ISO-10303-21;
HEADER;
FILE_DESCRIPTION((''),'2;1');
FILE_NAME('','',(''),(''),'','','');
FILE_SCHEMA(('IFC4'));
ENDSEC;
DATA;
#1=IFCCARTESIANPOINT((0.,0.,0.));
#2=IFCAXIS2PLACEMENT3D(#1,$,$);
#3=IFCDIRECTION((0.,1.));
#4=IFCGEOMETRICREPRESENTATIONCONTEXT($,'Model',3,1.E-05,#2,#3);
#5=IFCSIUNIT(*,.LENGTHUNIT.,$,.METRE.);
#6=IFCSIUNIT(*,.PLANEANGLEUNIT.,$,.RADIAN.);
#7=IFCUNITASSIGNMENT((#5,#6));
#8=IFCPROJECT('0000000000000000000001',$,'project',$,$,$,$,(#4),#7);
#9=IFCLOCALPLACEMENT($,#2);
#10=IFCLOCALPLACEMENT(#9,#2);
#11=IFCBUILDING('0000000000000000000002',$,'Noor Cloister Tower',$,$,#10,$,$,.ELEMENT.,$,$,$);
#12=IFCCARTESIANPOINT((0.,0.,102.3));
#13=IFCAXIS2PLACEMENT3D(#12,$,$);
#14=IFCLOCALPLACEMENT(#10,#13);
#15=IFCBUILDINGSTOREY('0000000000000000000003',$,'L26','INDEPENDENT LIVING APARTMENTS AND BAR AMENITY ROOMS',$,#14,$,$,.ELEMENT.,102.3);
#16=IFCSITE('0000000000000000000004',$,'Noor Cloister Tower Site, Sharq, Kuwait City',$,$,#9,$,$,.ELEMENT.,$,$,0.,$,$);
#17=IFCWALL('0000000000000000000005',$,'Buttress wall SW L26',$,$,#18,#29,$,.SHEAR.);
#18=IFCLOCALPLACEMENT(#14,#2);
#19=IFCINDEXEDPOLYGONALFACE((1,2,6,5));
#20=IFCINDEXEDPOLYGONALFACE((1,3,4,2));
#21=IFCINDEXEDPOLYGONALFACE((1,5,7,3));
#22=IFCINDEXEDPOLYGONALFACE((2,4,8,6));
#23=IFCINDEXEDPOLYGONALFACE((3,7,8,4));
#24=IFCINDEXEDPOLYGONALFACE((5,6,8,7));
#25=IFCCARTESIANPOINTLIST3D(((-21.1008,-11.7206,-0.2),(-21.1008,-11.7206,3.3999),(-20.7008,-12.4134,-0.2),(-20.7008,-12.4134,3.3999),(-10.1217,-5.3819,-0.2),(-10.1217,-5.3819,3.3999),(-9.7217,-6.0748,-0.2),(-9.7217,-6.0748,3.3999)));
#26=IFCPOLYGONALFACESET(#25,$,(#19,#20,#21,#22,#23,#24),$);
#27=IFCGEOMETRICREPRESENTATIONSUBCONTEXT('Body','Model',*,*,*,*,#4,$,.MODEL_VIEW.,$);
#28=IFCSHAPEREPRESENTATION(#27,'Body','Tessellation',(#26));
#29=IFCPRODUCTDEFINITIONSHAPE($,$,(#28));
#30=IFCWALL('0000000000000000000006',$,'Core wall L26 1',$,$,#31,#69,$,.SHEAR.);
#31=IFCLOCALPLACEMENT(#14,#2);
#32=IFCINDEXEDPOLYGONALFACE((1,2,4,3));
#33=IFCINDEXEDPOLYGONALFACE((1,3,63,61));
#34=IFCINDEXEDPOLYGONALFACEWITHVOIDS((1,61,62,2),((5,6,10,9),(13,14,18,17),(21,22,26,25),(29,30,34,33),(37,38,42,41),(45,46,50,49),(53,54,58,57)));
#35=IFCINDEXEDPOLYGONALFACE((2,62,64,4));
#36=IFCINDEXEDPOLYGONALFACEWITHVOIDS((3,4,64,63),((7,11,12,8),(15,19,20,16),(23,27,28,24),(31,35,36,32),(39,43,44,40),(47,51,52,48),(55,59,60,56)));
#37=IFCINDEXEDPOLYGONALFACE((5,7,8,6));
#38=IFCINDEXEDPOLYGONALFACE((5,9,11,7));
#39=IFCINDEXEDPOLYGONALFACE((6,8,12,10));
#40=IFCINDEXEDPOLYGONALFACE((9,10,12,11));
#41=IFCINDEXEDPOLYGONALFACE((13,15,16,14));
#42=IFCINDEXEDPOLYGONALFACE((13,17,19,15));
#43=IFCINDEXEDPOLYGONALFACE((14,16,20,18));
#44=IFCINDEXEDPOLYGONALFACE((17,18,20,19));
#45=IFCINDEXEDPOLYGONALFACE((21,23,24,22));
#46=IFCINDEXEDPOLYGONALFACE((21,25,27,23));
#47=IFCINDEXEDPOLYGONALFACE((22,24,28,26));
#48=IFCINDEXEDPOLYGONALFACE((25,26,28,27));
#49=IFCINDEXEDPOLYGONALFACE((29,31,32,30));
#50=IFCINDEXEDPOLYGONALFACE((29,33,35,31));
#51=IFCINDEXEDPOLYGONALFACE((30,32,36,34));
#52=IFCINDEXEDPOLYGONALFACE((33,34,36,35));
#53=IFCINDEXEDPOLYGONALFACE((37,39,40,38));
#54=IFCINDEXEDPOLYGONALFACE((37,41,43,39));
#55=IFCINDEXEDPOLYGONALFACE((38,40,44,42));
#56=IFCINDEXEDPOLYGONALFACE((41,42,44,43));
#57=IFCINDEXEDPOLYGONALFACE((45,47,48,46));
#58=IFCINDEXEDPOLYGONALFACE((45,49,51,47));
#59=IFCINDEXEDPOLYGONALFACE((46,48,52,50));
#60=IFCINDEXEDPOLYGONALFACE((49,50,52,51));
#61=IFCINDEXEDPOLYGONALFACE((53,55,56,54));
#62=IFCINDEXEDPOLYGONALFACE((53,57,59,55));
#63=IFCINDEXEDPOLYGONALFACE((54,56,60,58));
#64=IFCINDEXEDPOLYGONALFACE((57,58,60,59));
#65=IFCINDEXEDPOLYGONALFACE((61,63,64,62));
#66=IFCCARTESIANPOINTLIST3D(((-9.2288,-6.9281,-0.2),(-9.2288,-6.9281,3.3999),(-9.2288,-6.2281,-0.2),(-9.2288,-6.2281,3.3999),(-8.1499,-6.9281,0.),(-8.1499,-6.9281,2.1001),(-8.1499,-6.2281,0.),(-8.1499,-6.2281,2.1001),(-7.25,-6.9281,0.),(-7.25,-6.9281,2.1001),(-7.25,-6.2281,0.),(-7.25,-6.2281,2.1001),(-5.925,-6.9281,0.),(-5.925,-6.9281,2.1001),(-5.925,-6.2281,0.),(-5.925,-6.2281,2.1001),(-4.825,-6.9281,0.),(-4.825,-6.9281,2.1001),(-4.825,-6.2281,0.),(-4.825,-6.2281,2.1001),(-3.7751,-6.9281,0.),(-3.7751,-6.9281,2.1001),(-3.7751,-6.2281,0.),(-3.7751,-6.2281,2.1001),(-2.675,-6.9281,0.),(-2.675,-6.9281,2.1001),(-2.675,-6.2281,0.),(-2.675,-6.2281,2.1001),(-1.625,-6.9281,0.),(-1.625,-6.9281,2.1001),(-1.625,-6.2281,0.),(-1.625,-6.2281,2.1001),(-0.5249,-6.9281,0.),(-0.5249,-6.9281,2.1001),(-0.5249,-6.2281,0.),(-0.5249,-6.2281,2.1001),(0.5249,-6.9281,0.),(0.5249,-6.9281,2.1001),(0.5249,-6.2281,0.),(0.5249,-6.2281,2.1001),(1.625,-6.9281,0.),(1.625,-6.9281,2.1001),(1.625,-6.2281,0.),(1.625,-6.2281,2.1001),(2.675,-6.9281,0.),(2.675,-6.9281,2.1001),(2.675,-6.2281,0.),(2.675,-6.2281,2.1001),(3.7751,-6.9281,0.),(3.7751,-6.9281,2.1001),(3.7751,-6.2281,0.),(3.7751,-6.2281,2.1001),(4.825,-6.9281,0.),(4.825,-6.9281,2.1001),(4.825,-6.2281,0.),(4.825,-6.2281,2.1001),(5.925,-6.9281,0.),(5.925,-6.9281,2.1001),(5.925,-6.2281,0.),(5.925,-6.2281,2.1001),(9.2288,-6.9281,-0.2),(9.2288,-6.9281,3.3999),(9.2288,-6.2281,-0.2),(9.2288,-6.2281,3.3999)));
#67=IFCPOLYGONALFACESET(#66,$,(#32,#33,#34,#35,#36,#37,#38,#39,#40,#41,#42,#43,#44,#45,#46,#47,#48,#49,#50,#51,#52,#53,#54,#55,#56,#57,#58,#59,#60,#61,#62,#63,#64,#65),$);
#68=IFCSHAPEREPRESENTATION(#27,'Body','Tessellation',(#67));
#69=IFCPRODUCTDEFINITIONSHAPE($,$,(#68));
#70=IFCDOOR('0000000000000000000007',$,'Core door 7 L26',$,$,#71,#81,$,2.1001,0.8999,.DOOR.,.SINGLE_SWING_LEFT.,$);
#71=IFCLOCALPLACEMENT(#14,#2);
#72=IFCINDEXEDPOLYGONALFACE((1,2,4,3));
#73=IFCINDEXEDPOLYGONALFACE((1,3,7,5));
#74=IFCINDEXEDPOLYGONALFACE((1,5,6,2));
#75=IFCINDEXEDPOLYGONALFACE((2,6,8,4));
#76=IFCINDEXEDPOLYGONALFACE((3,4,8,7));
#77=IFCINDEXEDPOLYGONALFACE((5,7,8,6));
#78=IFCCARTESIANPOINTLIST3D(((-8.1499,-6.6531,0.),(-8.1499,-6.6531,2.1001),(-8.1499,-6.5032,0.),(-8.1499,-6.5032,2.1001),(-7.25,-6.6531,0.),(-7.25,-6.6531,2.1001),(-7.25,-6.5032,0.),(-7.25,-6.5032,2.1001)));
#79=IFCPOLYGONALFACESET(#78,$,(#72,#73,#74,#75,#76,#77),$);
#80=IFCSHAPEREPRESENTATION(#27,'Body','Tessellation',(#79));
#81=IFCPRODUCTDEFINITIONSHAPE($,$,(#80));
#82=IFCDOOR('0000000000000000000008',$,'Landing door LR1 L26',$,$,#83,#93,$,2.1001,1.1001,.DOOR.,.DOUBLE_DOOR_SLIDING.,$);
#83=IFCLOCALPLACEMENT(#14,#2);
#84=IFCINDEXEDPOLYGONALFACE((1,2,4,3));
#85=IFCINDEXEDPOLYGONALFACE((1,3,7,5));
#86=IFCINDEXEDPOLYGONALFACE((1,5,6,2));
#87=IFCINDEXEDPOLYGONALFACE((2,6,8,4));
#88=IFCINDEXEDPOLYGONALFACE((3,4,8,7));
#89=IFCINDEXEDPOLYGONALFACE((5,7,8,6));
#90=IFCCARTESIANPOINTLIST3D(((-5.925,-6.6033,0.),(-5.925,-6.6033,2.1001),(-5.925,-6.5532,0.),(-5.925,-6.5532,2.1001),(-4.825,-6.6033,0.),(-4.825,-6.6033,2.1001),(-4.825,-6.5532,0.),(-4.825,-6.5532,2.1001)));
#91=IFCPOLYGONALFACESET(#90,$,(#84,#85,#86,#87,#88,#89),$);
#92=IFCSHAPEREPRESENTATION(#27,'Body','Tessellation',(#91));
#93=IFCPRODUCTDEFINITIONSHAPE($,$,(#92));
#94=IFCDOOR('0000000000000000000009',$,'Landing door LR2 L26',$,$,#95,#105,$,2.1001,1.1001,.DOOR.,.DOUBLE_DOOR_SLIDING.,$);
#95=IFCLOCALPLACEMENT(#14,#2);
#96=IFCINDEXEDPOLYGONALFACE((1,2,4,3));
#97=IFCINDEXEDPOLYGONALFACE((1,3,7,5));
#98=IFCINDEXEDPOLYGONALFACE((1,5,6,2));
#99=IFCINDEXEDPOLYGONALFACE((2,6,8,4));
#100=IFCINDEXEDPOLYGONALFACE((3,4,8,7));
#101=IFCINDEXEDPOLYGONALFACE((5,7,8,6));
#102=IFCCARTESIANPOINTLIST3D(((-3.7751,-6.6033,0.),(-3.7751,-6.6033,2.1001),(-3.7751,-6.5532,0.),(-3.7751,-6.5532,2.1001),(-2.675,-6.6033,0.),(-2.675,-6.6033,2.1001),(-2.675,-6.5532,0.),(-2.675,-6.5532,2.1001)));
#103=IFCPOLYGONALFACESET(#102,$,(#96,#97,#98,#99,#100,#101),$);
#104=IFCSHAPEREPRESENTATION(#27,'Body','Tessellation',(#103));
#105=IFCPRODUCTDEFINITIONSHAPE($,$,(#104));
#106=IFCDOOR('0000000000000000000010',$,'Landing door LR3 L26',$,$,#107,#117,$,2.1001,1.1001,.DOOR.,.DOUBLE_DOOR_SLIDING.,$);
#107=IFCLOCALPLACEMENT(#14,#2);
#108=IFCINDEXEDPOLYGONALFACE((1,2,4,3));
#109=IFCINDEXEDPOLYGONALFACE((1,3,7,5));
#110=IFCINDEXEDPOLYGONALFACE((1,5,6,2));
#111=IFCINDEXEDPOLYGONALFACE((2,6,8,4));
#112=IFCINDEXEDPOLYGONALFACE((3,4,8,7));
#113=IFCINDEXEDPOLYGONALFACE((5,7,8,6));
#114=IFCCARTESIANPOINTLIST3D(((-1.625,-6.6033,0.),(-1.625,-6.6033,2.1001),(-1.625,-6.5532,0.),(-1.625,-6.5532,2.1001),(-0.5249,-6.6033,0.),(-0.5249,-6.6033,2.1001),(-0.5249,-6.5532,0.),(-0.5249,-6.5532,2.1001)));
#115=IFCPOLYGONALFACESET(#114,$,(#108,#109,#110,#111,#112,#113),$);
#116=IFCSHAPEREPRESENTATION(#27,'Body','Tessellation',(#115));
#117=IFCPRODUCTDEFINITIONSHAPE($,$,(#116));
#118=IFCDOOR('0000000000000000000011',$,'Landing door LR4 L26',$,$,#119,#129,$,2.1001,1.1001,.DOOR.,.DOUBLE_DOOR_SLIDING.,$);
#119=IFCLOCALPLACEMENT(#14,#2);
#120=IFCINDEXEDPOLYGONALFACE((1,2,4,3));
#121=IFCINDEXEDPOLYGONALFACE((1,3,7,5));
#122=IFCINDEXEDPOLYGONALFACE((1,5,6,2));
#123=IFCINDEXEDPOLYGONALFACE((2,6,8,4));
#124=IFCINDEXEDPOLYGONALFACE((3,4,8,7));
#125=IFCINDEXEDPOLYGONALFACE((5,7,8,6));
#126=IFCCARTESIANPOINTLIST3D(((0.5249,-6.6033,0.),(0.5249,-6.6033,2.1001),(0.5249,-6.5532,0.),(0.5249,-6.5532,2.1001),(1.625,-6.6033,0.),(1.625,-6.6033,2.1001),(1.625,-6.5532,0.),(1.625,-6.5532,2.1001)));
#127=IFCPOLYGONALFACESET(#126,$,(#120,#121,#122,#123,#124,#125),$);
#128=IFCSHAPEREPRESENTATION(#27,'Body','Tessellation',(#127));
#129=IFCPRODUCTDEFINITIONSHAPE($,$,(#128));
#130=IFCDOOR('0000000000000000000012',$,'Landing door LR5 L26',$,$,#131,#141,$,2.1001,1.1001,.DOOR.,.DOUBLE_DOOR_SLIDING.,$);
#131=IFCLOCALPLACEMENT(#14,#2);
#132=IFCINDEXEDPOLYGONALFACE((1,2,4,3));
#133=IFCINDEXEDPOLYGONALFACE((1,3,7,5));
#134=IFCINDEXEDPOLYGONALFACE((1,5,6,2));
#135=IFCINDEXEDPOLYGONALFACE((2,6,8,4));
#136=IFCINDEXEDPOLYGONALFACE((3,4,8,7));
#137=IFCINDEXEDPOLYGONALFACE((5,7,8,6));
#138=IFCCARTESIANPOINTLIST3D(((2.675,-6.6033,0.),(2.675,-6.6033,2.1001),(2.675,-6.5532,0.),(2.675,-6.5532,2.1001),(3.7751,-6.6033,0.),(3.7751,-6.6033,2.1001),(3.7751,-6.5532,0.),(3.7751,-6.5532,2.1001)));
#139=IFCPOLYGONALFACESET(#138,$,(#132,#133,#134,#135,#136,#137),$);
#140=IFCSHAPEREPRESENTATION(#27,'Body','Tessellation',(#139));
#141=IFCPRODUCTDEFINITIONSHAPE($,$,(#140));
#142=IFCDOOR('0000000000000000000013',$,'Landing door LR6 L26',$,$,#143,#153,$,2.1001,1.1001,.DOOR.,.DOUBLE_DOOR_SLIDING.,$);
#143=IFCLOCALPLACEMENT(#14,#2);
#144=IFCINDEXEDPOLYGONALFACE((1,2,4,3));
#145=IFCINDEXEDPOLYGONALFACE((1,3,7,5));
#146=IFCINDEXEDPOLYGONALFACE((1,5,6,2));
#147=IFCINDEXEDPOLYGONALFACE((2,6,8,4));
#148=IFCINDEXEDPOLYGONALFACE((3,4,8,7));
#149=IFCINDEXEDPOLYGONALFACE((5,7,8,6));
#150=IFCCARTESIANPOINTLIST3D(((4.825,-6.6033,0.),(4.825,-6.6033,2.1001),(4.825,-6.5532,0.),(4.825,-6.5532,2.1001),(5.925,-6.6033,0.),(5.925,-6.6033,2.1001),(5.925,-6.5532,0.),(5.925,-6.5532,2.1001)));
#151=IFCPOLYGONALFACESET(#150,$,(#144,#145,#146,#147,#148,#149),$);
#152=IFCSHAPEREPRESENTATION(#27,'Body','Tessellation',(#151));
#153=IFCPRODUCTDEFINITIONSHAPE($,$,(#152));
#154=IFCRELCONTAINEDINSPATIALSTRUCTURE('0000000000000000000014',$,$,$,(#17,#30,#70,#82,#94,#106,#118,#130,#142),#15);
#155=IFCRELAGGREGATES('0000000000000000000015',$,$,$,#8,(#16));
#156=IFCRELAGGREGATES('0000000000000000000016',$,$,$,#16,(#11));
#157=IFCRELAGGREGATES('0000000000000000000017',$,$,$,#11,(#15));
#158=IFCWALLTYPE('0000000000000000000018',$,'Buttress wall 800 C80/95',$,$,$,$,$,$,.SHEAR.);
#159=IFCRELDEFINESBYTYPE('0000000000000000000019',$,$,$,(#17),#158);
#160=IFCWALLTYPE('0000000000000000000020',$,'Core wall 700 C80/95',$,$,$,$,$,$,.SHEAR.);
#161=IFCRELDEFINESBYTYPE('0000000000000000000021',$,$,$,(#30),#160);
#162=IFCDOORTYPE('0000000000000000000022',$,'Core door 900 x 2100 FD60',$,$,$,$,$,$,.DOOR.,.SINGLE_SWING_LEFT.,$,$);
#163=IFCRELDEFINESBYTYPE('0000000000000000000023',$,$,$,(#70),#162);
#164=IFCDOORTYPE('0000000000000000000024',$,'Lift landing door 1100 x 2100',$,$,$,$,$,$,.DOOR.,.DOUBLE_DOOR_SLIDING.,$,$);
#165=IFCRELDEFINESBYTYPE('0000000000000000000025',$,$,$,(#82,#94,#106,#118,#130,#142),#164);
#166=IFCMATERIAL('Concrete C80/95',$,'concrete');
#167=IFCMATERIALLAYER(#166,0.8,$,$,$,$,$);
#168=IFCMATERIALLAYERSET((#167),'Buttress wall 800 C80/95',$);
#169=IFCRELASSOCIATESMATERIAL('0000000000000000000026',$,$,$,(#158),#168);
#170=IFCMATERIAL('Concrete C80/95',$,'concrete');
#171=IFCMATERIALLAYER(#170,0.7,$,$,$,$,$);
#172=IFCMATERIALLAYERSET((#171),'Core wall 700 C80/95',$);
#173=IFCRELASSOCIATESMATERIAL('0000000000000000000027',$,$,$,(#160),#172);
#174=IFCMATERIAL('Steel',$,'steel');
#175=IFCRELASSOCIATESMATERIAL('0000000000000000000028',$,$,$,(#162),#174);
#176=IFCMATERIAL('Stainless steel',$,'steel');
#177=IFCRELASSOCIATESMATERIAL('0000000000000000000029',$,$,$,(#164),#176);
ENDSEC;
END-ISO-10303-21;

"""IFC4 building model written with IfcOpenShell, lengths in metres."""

from ifc_helpers import new_model, si_unit, direction, frame, frame_2d, origin, place, context, subcontext, project, spatial, rectangle, extrude, material, layer, layer_set, type_object, element, fill, save


model = new_model("IFC4")

# Units and contexts
model_context = context("Model", 3, precision=1e-05, world=origin(), true_north=direction((0.0, 1.0)))
body_context = subcontext(model_context, "Body", "Model", "MODEL_VIEW")
ifc_project = project(units=[si_unit("LENGTHUNIT", "METRE"), si_unit("PLANEANGLEUNIT", "RADIAN")], contexts=[model_context])

# Site, building, storey
site_placement = place(None, origin())
site = spatial("IfcSite", under=ifc_project, at=site_placement, Name="Noor Cloister Tower Site, Sharq, Kuwait City", CompositionType="ELEMENT", RefElevation=0.0)
building_placement = place(site_placement, origin())
building = spatial("IfcBuilding", under=site, at=building_placement, Name="Noor Cloister Tower", CompositionType="ELEMENT")
storey_placement = place(building_placement, frame((0.0, 0.0, 102.3)))
storey = spatial("IfcBuildingStorey", under=building, at=storey_placement, Name="L26", Description="INDEPENDENT LIVING APARTMENTS AND BAR AMENITY ROOMS", CompositionType="ELEMENT", Elevation=102.3)

# Wall
ifc_material_1 = material(Name="Concrete C80/95", Category="concrete")
ifc_layer_1 = layer(ifc_material_1, 0.8)
ifc_layer_set_1 = layer_set([ifc_layer_1], Name="Buttress wall 800 C80/95")
wall_type_1 = type_object("IfcWallType", Name="Buttress wall 800 C80/95", PredefinedType="SHEAR", material=ifc_layer_set_1)
wall_1_placement = place(storey_placement, frame((-9.9216, -5.7283, -0.2), z_axis=(0.0, 0.0, 1.0), x_axis=(-0.866029, -0.499994, 0.0)))
element("IfcWall", 1, at=wall_1_placement, inside=storey, type_object=wall_type_1, Name="Buttress wall SW L26", PredefinedType="SHEAR", context=body_context, shape_type="SweptSolid", body=[
    extrude(rectangle(XDim=12.6775, YDim=0.8, at=frame_2d((6.3389, 0.0))), origin(), (0.0, 0.0, 1.0), 3.5999),
])

# Wall, openings, doors
ifc_material_2 = material(Name="Concrete C80/95", Category="concrete")
ifc_layer_2 = layer(ifc_material_2, 0.7)
ifc_layer_set_2 = layer_set([ifc_layer_2], Name="Core wall 700 C80/95")
wall_type_2 = type_object("IfcWallType", Name="Core wall 700 C80/95", PredefinedType="SHEAR", material=ifc_layer_set_2)
wall_2_placement = place(storey_placement, frame((-9.2288, -6.5781, -0.2), z_axis=(0.0, 0.0, 1.0), x_axis=(1.0, 0.0, 0.0)))
wall_2 = element("IfcWall", 2, at=wall_2_placement, inside=storey, type_object=wall_type_2, Name="Core wall L26 1", PredefinedType="SHEAR", context=body_context, shape_type="SweptSolid", body=[
    extrude(rectangle(XDim=18.4575, YDim=0.7, at=frame_2d((9.2288, 0.0))), origin(), (0.0, 0.0, 1.0), 3.5999),
])
opening_1_placement = place(wall_2_placement, frame((3.3037, 0.0, 0.2)))
opening_1 = element("IfcOpeningElement", 3, at=opening_1_placement, cuts=wall_2, PredefinedType="OPENING", context=body_context, shape_type="SweptSolid", body=[
    extrude(rectangle(XDim=1.1001, YDim=2.1001, at=frame_2d((0.55, 1.05))), frame((0.0, 0.3599, 0.0), z_axis=(0.0, -1.0, 0.0), x_axis=(1.0, 0.0, 0.0)), (0.0, 0.0, 1.0), 0.72),
])
opening_2_placement = place(wall_2_placement, frame((5.4536, 0.0, 0.2)))
opening_2 = element("IfcOpeningElement", 4, at=opening_2_placement, cuts=wall_2, PredefinedType="OPENING", context=body_context, shape_type="SweptSolid", body=[
    extrude(rectangle(XDim=1.1001, YDim=2.1001, at=frame_2d((0.55, 1.05))), frame((0.0, 0.3599, 0.0), z_axis=(0.0, -1.0, 0.0), x_axis=(1.0, 0.0, 0.0)), (0.0, 0.0, 1.0), 0.72),
])
opening_3_placement = place(wall_2_placement, frame((7.6038, 0.0, 0.2)))
opening_3 = element("IfcOpeningElement", 5, at=opening_3_placement, cuts=wall_2, PredefinedType="OPENING", context=body_context, shape_type="SweptSolid", body=[
    extrude(rectangle(XDim=1.1001, YDim=2.1001, at=frame_2d((0.55, 1.05))), frame((0.0, 0.3599, 0.0), z_axis=(0.0, -1.0, 0.0), x_axis=(1.0, 0.0, 0.0)), (0.0, 0.0, 1.0), 0.72),
])
opening_4_placement = place(wall_2_placement, frame((9.7537, 0.0, 0.2)))
opening_4 = element("IfcOpeningElement", 6, at=opening_4_placement, cuts=wall_2, PredefinedType="OPENING", context=body_context, shape_type="SweptSolid", body=[
    extrude(rectangle(XDim=1.1001, YDim=2.1001, at=frame_2d((0.55, 1.05))), frame((0.0, 0.3599, 0.0), z_axis=(0.0, -1.0, 0.0), x_axis=(1.0, 0.0, 0.0)), (0.0, 0.0, 1.0), 0.72),
])
opening_5_placement = place(wall_2_placement, frame((11.9038, 0.0, 0.2)))
opening_5 = element("IfcOpeningElement", 7, at=opening_5_placement, cuts=wall_2, PredefinedType="OPENING", context=body_context, shape_type="SweptSolid", body=[
    extrude(rectangle(XDim=1.1001, YDim=2.1001, at=frame_2d((0.55, 1.05))), frame((0.0, 0.3599, 0.0), z_axis=(0.0, -1.0, 0.0), x_axis=(1.0, 0.0, 0.0)), (0.0, 0.0, 1.0), 0.72),
])
opening_6_placement = place(wall_2_placement, frame((14.0537, 0.0, 0.2)))
opening_6 = element("IfcOpeningElement", 8, at=opening_6_placement, cuts=wall_2, PredefinedType="OPENING", context=body_context, shape_type="SweptSolid", body=[
    extrude(rectangle(XDim=1.1001, YDim=2.1001, at=frame_2d((0.55, 1.05))), frame((0.0, 0.3599, 0.0), z_axis=(0.0, -1.0, 0.0), x_axis=(1.0, 0.0, 0.0)), (0.0, 0.0, 1.0), 0.72),
])
opening_7_placement = place(wall_2_placement, frame((1.0789, 0.0, 0.2)))
opening_7 = element("IfcOpeningElement", 9, at=opening_7_placement, cuts=wall_2, PredefinedType="OPENING", context=body_context, shape_type="SweptSolid", body=[
    extrude(rectangle(XDim=0.8999, YDim=2.1001, at=frame_2d((0.45, 1.05))), frame((0.0, 0.3599, 0.0), z_axis=(0.0, -1.0, 0.0), x_axis=(1.0, 0.0, 0.0)), (0.0, 0.0, 1.0), 0.72),
])
ifc_material_3 = material(Name="Steel", Category="steel")
door_type_1 = type_object("IfcDoorType", Name="Core door 900 x 2100 FD60", OperationType="SINGLE_SWING_LEFT", PredefinedType="DOOR", material=ifc_material_3)
door_1_placement = place(opening_7_placement, origin())
door_1 = element("IfcDoor", 10, at=door_1_placement, inside=storey, type_object=door_type_1, Name="Core door 7 L26", OperationType="SINGLE_SWING_LEFT", OverallHeight=2.1001, OverallWidth=0.8999, PredefinedType="DOOR", context=body_context, shape_type="SweptSolid", body=[
    extrude(rectangle(XDim=0.8999, YDim=2.1001, at=frame_2d((0.45, 1.05))), frame((0.0, 0.075, 0.0), z_axis=(0.0, -1.0, 0.0), x_axis=(1.0, 0.0, 0.0)), (0.0, 0.0, 1.0), 0.1499),
])
fill(opening_7, door_1)
ifc_material_4 = material(Name="Stainless steel", Category="steel")
door_type_2 = type_object("IfcDoorType", Name="Lift landing door 1100 x 2100", OperationType="DOUBLE_DOOR_SLIDING", PredefinedType="DOOR", material=ifc_material_4)
door_2_placement = place(opening_1_placement, origin())
door_2 = element("IfcDoor", 11, at=door_2_placement, inside=storey, type_object=door_type_2, Name="Landing door LR1 L26", OperationType="DOUBLE_DOOR_SLIDING", OverallHeight=2.1001, OverallWidth=1.1001, PredefinedType="DOOR", context=body_context, shape_type="SweptSolid", body=[
    extrude(rectangle(XDim=1.1001, YDim=2.1001, at=frame_2d((0.55, 1.05))), frame((0.0, 0.0249, 0.0), z_axis=(0.0, -1.0, 0.0), x_axis=(1.0, 0.0, 0.0)), (0.0, 0.0, 1.0), 0.05),
])
fill(opening_1, door_2)
door_3_placement = place(opening_2_placement, origin())
door_3 = element("IfcDoor", 12, at=door_3_placement, inside=storey, type_object=door_type_2, Name="Landing door LR2 L26", OperationType="DOUBLE_DOOR_SLIDING", OverallHeight=2.1001, OverallWidth=1.1001, PredefinedType="DOOR", context=body_context, shape_type="SweptSolid", body=[
    extrude(rectangle(XDim=1.1001, YDim=2.1001, at=frame_2d((0.55, 1.05))), frame((0.0, 0.0249, 0.0), z_axis=(0.0, -1.0, 0.0), x_axis=(1.0, 0.0, 0.0)), (0.0, 0.0, 1.0), 0.05),
])
fill(opening_2, door_3)
door_4_placement = place(opening_3_placement, origin())
door_4 = element("IfcDoor", 13, at=door_4_placement, inside=storey, type_object=door_type_2, Name="Landing door LR3 L26", OperationType="DOUBLE_DOOR_SLIDING", OverallHeight=2.1001, OverallWidth=1.1001, PredefinedType="DOOR", context=body_context, shape_type="SweptSolid", body=[
    extrude(rectangle(XDim=1.1001, YDim=2.1001, at=frame_2d((0.55, 1.05))), frame((0.0, 0.0249, 0.0), z_axis=(0.0, -1.0, 0.0), x_axis=(1.0, 0.0, 0.0)), (0.0, 0.0, 1.0), 0.05),
])
fill(opening_3, door_4)
door_5_placement = place(opening_4_placement, origin())
door_5 = element("IfcDoor", 14, at=door_5_placement, inside=storey, type_object=door_type_2, Name="Landing door LR4 L26", OperationType="DOUBLE_DOOR_SLIDING", OverallHeight=2.1001, OverallWidth=1.1001, PredefinedType="DOOR", context=body_context, shape_type="SweptSolid", body=[
    extrude(rectangle(XDim=1.1001, YDim=2.1001, at=frame_2d((0.55, 1.05))), frame((0.0, 0.0249, 0.0), z_axis=(0.0, -1.0, 0.0), x_axis=(1.0, 0.0, 0.0)), (0.0, 0.0, 1.0), 0.05),
])
fill(opening_4, door_5)
door_6_placement = place(opening_5_placement, origin())
door_6 = element("IfcDoor", 15, at=door_6_placement, inside=storey, type_object=door_type_2, Name="Landing door LR5 L26", OperationType="DOUBLE_DOOR_SLIDING", OverallHeight=2.1001, OverallWidth=1.1001, PredefinedType="DOOR", context=body_context, shape_type="SweptSolid", body=[
    extrude(rectangle(XDim=1.1001, YDim=2.1001, at=frame_2d((0.55, 1.05))), frame((0.0, 0.0249, 0.0), z_axis=(0.0, -1.0, 0.0), x_axis=(1.0, 0.0, 0.0)), (0.0, 0.0, 1.0), 0.05),
])
fill(opening_5, door_6)
door_7_placement = place(opening_6_placement, origin())
door_7 = element("IfcDoor", 16, at=door_7_placement, inside=storey, type_object=door_type_2, Name="Landing door LR6 L26", OperationType="DOUBLE_DOOR_SLIDING", OverallHeight=2.1001, OverallWidth=1.1001, PredefinedType="DOOR", context=body_context, shape_type="SweptSolid", body=[
    extrude(rectangle(XDim=1.1001, YDim=2.1001, at=frame_2d((0.55, 1.05))), frame((0.0, 0.0249, 0.0), z_axis=(0.0, -1.0, 0.0), x_axis=(1.0, 0.0, 0.0)), (0.0, 0.0, 1.0), 0.05),
])
fill(opening_6, door_7)

save(model, "model.ifc")
